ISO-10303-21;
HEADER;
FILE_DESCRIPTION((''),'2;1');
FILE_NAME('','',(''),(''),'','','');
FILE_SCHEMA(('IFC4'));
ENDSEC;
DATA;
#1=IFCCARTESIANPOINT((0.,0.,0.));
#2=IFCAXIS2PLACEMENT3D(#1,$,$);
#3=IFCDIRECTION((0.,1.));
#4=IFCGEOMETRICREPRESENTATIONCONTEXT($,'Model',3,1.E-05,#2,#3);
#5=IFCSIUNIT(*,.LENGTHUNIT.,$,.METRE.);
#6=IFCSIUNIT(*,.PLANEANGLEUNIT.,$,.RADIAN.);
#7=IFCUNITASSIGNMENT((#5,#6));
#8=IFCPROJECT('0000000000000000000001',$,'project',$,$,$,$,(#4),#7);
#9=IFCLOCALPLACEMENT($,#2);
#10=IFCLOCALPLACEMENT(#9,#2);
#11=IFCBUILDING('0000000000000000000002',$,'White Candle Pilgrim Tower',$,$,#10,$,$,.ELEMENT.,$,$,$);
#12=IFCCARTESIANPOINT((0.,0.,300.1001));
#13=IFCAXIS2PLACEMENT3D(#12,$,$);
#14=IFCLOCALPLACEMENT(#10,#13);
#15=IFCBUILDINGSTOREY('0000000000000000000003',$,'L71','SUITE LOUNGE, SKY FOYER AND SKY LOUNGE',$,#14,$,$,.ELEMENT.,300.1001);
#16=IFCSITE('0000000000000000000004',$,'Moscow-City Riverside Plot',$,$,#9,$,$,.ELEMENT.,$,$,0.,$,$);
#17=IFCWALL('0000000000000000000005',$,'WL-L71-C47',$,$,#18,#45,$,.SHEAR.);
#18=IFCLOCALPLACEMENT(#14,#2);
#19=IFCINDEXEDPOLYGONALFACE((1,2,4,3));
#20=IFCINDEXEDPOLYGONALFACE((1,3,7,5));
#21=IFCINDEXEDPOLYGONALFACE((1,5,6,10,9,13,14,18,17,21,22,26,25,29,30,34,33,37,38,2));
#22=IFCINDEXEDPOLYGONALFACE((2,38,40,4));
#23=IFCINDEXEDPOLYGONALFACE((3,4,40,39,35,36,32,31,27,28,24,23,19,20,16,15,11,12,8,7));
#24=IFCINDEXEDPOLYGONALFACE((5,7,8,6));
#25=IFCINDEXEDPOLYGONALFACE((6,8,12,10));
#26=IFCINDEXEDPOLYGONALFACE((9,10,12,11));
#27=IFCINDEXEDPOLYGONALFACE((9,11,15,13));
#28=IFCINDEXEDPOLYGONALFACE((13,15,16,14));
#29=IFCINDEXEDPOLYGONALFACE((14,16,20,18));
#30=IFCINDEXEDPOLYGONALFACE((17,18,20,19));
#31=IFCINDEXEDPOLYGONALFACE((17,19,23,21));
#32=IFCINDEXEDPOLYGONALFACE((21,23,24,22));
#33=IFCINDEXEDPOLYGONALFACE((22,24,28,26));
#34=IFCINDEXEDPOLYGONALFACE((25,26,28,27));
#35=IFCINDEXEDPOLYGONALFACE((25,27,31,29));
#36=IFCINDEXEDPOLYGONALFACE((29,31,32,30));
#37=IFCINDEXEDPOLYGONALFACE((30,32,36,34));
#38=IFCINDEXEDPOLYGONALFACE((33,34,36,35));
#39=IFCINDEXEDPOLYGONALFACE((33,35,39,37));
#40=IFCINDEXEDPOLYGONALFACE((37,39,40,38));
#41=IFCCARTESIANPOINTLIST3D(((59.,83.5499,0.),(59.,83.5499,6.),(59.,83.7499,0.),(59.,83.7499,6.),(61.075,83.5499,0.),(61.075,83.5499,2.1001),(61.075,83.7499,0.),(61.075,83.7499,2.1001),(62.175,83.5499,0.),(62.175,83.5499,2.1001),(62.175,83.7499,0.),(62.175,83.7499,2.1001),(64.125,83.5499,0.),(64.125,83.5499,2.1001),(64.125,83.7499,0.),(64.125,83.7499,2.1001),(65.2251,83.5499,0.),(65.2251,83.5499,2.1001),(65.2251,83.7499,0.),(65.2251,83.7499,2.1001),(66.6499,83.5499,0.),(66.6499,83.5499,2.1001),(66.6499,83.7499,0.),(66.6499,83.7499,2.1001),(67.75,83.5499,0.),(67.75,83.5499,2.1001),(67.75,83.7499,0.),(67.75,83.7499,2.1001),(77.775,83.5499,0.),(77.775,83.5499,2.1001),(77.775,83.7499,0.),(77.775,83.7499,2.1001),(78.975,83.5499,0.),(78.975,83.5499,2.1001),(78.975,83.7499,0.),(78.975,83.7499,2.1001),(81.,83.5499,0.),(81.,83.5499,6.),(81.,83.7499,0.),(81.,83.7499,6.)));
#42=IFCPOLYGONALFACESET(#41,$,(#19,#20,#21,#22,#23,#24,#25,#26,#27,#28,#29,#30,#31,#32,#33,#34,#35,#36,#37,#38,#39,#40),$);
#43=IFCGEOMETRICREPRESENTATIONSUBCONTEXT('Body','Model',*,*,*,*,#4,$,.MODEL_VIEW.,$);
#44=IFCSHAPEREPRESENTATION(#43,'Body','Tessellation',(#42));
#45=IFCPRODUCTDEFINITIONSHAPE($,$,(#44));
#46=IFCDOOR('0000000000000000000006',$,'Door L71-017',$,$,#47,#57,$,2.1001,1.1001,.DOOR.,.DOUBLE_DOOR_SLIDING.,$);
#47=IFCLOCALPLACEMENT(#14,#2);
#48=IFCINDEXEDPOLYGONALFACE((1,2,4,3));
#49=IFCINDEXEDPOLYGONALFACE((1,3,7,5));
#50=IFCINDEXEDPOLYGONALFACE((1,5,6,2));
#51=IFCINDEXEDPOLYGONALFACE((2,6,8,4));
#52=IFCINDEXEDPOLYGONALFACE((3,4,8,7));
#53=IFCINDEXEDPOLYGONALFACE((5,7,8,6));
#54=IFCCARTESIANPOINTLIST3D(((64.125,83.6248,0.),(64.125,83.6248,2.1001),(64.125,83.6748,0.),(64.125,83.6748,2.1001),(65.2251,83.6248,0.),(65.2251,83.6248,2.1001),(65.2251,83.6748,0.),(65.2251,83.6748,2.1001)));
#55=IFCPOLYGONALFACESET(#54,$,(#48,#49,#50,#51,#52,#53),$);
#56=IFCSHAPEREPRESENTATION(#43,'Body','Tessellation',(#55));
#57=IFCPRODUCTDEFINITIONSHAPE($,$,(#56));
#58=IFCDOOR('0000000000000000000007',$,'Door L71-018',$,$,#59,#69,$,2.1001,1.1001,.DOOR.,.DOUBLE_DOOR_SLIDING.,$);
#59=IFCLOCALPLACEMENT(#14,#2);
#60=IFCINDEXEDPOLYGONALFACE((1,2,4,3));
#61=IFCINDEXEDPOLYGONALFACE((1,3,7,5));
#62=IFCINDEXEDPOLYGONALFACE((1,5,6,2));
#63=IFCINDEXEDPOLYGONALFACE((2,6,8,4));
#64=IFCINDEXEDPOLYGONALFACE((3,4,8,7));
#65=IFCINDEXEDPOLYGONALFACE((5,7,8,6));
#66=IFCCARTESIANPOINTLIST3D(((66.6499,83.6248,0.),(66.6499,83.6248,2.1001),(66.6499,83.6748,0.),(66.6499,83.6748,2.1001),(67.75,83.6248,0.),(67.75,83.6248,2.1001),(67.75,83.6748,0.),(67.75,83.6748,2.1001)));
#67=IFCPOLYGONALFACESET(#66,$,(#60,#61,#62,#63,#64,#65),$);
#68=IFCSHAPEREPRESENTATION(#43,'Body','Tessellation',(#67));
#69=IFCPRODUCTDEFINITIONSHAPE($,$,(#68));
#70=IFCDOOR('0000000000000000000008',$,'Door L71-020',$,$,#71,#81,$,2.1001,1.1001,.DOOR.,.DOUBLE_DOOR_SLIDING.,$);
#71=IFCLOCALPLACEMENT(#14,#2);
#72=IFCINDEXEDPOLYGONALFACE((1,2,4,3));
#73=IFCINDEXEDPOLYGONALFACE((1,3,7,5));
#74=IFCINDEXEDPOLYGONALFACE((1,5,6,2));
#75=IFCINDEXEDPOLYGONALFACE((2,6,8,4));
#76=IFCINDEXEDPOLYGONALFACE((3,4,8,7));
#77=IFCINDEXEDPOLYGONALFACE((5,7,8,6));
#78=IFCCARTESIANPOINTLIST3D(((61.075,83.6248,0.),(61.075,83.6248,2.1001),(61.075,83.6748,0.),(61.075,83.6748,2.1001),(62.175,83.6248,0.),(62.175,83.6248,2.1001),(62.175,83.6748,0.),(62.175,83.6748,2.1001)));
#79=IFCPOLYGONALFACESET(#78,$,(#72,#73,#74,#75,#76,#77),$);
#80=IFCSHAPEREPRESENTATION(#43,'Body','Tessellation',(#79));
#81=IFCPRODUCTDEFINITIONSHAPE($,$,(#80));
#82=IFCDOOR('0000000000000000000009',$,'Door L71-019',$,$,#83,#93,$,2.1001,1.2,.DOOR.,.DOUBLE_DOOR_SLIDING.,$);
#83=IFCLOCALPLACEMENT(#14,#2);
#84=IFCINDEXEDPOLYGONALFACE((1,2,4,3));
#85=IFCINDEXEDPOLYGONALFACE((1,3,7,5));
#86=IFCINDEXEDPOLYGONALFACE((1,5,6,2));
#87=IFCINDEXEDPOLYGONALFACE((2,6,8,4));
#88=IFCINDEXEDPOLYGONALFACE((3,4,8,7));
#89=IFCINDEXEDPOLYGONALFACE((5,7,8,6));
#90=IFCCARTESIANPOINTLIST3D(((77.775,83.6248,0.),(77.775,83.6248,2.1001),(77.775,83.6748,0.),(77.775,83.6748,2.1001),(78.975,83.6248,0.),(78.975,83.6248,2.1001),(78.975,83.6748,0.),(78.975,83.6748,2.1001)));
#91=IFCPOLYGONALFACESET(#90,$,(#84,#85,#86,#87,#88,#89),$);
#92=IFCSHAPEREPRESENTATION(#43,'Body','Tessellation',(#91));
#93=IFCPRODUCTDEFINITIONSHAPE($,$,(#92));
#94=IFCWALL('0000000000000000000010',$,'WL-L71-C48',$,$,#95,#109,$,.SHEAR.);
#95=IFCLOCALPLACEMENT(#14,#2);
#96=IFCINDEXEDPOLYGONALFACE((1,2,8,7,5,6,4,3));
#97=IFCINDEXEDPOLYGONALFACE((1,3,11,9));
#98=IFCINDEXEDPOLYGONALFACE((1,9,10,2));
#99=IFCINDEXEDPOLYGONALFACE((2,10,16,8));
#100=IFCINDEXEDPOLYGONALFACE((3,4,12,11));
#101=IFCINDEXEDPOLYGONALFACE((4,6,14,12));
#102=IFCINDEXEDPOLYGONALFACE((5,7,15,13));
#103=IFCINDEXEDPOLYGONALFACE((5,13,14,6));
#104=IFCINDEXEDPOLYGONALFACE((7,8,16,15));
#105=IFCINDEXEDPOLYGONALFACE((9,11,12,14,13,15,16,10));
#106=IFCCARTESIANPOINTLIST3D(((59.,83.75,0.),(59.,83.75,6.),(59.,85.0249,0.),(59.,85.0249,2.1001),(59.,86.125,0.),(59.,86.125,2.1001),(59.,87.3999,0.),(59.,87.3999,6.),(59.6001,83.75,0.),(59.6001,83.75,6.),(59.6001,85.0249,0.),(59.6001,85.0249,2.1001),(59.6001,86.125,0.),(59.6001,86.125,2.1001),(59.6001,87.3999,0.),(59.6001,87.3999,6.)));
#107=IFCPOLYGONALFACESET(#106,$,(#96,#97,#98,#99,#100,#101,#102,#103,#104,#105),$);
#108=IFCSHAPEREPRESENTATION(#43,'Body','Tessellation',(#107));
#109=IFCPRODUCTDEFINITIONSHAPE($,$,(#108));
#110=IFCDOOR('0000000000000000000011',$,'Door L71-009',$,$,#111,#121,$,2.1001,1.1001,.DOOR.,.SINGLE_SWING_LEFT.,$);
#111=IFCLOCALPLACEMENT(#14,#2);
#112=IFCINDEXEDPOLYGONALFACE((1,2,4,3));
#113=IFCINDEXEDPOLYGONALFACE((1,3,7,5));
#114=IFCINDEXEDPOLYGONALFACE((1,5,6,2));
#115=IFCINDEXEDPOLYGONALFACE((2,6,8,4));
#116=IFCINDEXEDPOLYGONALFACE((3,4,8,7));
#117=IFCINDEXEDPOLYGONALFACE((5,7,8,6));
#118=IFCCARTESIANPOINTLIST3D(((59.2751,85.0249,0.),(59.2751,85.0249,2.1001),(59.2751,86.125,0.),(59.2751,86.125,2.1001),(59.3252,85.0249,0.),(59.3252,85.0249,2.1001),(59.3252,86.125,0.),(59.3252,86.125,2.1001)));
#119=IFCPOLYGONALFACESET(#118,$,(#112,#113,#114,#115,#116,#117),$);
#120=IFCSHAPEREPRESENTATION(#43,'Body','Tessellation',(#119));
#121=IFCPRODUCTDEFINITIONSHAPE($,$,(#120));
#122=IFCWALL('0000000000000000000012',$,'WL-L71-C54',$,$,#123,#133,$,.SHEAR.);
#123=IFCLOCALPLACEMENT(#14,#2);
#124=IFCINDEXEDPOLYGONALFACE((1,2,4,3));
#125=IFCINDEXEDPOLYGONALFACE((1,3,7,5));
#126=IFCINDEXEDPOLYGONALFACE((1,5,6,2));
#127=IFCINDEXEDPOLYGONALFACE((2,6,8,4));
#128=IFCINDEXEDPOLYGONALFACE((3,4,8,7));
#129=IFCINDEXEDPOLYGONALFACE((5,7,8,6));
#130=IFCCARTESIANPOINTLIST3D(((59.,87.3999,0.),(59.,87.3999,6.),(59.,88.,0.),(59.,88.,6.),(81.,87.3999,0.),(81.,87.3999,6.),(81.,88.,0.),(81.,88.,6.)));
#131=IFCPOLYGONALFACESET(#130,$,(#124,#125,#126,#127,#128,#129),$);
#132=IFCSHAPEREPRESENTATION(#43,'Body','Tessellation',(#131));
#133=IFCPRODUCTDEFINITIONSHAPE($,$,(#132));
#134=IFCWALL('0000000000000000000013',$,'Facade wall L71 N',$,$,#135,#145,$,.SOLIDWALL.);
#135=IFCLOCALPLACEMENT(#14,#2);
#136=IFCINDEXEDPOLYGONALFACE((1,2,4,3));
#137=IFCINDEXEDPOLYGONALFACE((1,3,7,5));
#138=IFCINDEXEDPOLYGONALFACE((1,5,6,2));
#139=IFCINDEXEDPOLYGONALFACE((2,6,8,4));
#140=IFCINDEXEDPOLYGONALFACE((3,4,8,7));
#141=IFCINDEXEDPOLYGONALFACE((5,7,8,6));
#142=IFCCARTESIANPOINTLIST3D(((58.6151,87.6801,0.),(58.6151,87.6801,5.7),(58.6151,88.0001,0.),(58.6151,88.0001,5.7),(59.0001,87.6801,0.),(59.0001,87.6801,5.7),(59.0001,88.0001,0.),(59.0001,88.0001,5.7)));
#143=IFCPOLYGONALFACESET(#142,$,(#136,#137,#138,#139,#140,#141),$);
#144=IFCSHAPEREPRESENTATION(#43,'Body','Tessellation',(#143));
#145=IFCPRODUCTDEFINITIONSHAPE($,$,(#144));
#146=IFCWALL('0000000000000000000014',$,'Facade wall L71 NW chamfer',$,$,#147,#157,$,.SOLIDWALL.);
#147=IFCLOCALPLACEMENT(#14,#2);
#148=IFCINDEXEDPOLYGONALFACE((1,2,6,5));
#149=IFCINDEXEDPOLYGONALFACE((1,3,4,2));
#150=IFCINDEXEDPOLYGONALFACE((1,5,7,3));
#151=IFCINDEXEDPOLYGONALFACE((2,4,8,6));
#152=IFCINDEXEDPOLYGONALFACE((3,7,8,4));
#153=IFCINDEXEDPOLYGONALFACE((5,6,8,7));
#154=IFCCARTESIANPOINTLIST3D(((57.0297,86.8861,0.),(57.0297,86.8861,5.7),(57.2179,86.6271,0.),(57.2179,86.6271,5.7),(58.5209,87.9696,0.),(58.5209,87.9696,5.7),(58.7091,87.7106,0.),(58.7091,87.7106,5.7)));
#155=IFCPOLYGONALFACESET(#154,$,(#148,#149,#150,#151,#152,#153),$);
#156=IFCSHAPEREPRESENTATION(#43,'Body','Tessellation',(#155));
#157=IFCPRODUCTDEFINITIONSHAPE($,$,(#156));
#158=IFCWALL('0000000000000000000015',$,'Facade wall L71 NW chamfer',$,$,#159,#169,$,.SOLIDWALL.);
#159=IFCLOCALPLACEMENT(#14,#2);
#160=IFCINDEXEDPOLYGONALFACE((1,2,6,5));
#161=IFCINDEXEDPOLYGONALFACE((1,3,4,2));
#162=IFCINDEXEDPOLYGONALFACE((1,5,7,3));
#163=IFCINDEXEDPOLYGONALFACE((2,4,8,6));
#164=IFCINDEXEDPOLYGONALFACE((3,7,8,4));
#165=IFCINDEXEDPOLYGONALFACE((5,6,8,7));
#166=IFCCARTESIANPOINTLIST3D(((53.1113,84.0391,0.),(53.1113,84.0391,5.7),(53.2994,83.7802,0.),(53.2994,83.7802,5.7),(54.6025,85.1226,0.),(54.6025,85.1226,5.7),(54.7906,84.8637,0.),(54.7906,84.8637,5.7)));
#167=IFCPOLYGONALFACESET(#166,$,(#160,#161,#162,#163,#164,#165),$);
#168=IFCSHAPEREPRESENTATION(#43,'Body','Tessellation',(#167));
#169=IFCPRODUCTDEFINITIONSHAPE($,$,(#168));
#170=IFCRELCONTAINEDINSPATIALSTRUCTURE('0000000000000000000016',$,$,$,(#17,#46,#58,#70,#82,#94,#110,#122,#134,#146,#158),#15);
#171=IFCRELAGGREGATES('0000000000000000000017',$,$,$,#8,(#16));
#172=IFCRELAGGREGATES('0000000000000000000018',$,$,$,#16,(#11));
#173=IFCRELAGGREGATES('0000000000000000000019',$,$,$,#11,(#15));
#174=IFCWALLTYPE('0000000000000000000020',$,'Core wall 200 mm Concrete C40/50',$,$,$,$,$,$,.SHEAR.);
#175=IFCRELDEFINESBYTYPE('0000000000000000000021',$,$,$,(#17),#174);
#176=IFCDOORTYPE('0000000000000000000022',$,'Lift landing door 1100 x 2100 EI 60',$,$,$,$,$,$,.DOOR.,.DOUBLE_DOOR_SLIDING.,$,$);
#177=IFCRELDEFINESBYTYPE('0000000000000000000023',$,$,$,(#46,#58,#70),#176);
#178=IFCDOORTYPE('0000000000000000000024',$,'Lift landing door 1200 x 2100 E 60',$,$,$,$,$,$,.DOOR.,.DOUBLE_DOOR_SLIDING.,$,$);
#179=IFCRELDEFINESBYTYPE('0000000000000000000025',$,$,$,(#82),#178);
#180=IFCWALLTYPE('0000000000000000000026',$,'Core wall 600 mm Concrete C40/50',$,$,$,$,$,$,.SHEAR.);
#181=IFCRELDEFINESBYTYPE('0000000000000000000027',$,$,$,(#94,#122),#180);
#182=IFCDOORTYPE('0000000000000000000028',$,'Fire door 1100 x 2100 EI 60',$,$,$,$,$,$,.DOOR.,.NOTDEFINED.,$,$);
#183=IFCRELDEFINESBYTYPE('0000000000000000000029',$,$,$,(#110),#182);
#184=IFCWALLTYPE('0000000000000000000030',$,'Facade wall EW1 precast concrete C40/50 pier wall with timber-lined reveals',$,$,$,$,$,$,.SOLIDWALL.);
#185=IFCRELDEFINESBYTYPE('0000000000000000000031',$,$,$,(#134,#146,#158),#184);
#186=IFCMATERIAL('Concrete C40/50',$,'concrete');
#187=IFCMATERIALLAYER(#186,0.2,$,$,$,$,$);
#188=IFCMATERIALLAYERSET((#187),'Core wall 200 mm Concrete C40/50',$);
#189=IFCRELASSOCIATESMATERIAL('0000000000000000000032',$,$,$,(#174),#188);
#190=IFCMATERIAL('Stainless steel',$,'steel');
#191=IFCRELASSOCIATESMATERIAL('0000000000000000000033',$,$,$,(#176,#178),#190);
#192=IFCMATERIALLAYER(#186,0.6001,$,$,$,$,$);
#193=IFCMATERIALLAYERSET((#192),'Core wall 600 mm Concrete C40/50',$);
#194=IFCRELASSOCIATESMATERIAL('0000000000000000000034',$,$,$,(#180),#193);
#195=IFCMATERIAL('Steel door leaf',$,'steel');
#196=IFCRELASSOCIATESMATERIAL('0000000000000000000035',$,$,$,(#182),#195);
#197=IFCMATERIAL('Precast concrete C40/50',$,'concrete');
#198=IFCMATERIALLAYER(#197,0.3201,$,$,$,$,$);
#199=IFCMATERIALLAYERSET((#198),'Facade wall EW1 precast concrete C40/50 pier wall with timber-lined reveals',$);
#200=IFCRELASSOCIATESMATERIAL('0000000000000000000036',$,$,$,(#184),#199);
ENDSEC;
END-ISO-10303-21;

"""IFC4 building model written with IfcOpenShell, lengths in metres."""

from ifc_helpers import new_model, si_unit, direction, frame, frame_2d, origin, place, context, subcontext, project, spatial, rectangle, extrude, material, layer, layer_set, type_object, element, fill, save


model = new_model("IFC4")

# Units and contexts
model_context = context("Model", 3, precision=1e-05, world=origin(), true_north=direction((0.0, 1.0)))
body_context = subcontext(model_context, "Body", "Model", "MODEL_VIEW")
ifc_project = project(units=[si_unit("LENGTHUNIT", "METRE"), si_unit("PLANEANGLEUNIT", "RADIAN")], contexts=[model_context])

# Site, building, storey
site_placement = place(None, origin())
site = spatial("IfcSite", under=ifc_project, at=site_placement, Name="Moscow-City Riverside Plot", CompositionType="ELEMENT", RefElevation=0.0)
building_placement = place(site_placement, origin())
building = spatial("IfcBuilding", under=site, at=building_placement, Name="White Candle Pilgrim Tower", CompositionType="ELEMENT")
storey_placement = place(building_placement, frame((0.0, 0.0, 300.1001)))
storey = spatial("IfcBuildingStorey", under=building, at=storey_placement, Name="L71", Description="SUITE LOUNGE, SKY FOYER AND SKY LOUNGE", CompositionType="ELEMENT", Elevation=300.1001)

# Shared definitions
ifc_material_1 = material(Name="Concrete C40/50", Category="concrete")
ifc_layer_1 = layer(ifc_material_1, 0.2)
ifc_layer_set_1 = layer_set([ifc_layer_1], Name="Core wall 200 mm Concrete C40/50")
wall_type_1 = type_object("IfcWallType", Name="Core wall 200 mm Concrete C40/50", PredefinedType="SHEAR", material=ifc_layer_set_1)

# Wall, openings, doors
wall_1_placement = place(storey_placement, frame((59.0, 83.6499, 0.0), z_axis=(0.0, 0.0, 1.0), x_axis=(1.0, 0.0, 0.0)))
wall_1 = element("IfcWall", 1, at=wall_1_placement, inside=storey, type_object=wall_type_1, Name="WL-L71-C47", PredefinedType="SHEAR", context=body_context, shape_type="SweptSolid", body=[
    extrude(rectangle(XDim=22.0, YDim=0.2, at=frame_2d((11.0, 0.0))), origin(), (0.0, 0.0, 1.0), 6.0),
])
opening_1_placement = place(wall_1_placement, frame((5.125, 0.0, 0.0)))
opening_1 = element("IfcOpeningElement", 2, at=opening_1_placement, cuts=wall_1, PredefinedType="OPENING", context=body_context, shape_type="SweptSolid", body=[
    extrude(rectangle(XDim=1.1001, YDim=2.1001, at=frame_2d((0.55, 1.05))), frame((0.0, 0.1099, 0.0), z_axis=(0.0, -1.0, 0.0), x_axis=(1.0, 0.0, 0.0)), (0.0, 0.0, 1.0), 0.22),
])
opening_2_placement = place(wall_1_placement, frame((7.6499, 0.0, 0.0)))
opening_2 = element("IfcOpeningElement", 3, at=opening_2_placement, cuts=wall_1, PredefinedType="OPENING", context=body_context, shape_type="SweptSolid", body=[
    extrude(rectangle(XDim=1.1001, YDim=2.1001, at=frame_2d((0.55, 1.05))), frame((0.0, 0.1099, 0.0), z_axis=(0.0, -1.0, 0.0), x_axis=(1.0, 0.0, 0.0)), (0.0, 0.0, 1.0), 0.22),
])
opening_3_placement = place(wall_1_placement, frame((18.7749, 0.0, 0.0)))
opening_3 = element("IfcOpeningElement", 4, at=opening_3_placement, cuts=wall_1, PredefinedType="OPENING", context=body_context, shape_type="SweptSolid", body=[
    extrude(rectangle(XDim=1.2, YDim=2.1001, at=frame_2d((0.6001, 1.05))), frame((0.0, 0.1099, 0.0), z_axis=(0.0, -1.0, 0.0), x_axis=(1.0, 0.0, 0.0)), (0.0, 0.0, 1.0), 0.22),
])
opening_4_placement = place(wall_1_placement, frame((2.075, 0.0, 0.0)))
opening_4 = element("IfcOpeningElement", 5, at=opening_4_placement, cuts=wall_1, PredefinedType="OPENING", context=body_context, shape_type="SweptSolid", body=[
    extrude(rectangle(XDim=1.1001, YDim=2.1001, at=frame_2d((0.55, 1.05))), frame((0.0, 0.1099, 0.0), z_axis=(0.0, -1.0, 0.0), x_axis=(1.0, 0.0, 0.0)), (0.0, 0.0, 1.0), 0.22),
])
ifc_material_2 = material(Name="Stainless steel", Category="steel")
door_type_1 = type_object("IfcDoorType", Name="Lift landing door 1100 x 2100 EI 60", OperationType="DOUBLE_DOOR_SLIDING", PredefinedType="DOOR", material=ifc_material_2)
door_1_placement = place(opening_1_placement, origin())
door_1 = element("IfcDoor", 6, at=door_1_placement, inside=storey, type_object=door_type_1, Name="Door L71-017", OperationType="DOUBLE_DOOR_SLIDING", OverallHeight=2.1001, OverallWidth=1.1001, PredefinedType="DOOR", context=body_context, shape_type="SweptSolid", body=[
    extrude(rectangle(XDim=1.1001, YDim=2.1001, at=frame_2d((0.55, 1.05))), frame((0.0, 0.0249, 0.0), z_axis=(0.0, -1.0, 0.0), x_axis=(1.0, 0.0, 0.0)), (0.0, 0.0, 1.0), 0.05),
])
fill(opening_1, door_1)
door_2_placement = place(opening_2_placement, origin())
door_2 = element("IfcDoor", 7, at=door_2_placement, inside=storey, type_object=door_type_1, Name="Door L71-018", OperationType="DOUBLE_DOOR_SLIDING", OverallHeight=2.1001, OverallWidth=1.1001, PredefinedType="DOOR", context=body_context, shape_type="SweptSolid", body=[
    extrude(rectangle(XDim=1.1001, YDim=2.1001, at=frame_2d((0.55, 1.05))), frame((0.0, 0.0249, 0.0), z_axis=(0.0, -1.0, 0.0), x_axis=(1.0, 0.0, 0.0)), (0.0, 0.0, 1.0), 0.05),
])
fill(opening_2, door_2)
door_3_placement = place(opening_4_placement, origin())
door_3 = element("IfcDoor", 8, at=door_3_placement, inside=storey, type_object=door_type_1, Name="Door L71-020", OperationType="DOUBLE_DOOR_SLIDING", OverallHeight=2.1001, OverallWidth=1.1001, PredefinedType="DOOR", context=body_context, shape_type="SweptSolid", body=[
    extrude(rectangle(XDim=1.1001, YDim=2.1001, at=frame_2d((0.55, 1.05))), frame((0.0, 0.0249, 0.0), z_axis=(0.0, -1.0, 0.0), x_axis=(1.0, 0.0, 0.0)), (0.0, 0.0, 1.0), 0.05),
])
fill(opening_4, door_3)
door_type_2 = type_object("IfcDoorType", Name="Lift landing door 1200 x 2100 E 60", OperationType="DOUBLE_DOOR_SLIDING", PredefinedType="DOOR", material=ifc_material_2)
door_4_placement = place(opening_3_placement, origin())
door_4 = element("IfcDoor", 9, at=door_4_placement, inside=storey, type_object=door_type_2, Name="Door L71-019", OperationType="DOUBLE_DOOR_SLIDING", OverallHeight=2.1001, OverallWidth=1.2, PredefinedType="DOOR", context=body_context, shape_type="SweptSolid", body=[
    extrude(rectangle(XDim=1.2, YDim=2.1001, at=frame_2d((0.6001, 1.05))), frame((0.0, 0.0249, 0.0), z_axis=(0.0, -1.0, 0.0), x_axis=(1.0, 0.0, 0.0)), (0.0, 0.0, 1.0), 0.05),
])
fill(opening_3, door_4)

# Wall, opening, door
ifc_layer_2 = layer(ifc_material_1, 0.6001)
ifc_layer_set_2 = layer_set([ifc_layer_2], Name="Core wall 600 mm Concrete C40/50")
wall_type_2 = type_object("IfcWallType", Name="Core wall 600 mm Concrete C40/50", PredefinedType="SHEAR", material=ifc_layer_set_2)
wall_2_placement = place(storey_placement, frame((59.3, 83.75, 0.0), z_axis=(0.0, 0.0, 1.0), x_axis=(0.0, 1.0, 0.0)))
wall_2 = element("IfcWall", 10, at=wall_2_placement, inside=storey, type_object=wall_type_2, Name="WL-L71-C48", PredefinedType="SHEAR", context=body_context, shape_type="SweptSolid", body=[
    extrude(rectangle(XDim=3.6499, YDim=0.6001, at=frame_2d((1.825, 0.0))), origin(), (0.0, 0.0, 1.0), 6.0),
])
opening_5_placement = place(wall_2_placement, frame((1.2749, 0.0, 0.0)))
opening_5 = element("IfcOpeningElement", 11, at=opening_5_placement, cuts=wall_2, PredefinedType="OPENING", context=body_context, shape_type="SweptSolid", body=[
    extrude(rectangle(XDim=1.1001, YDim=2.1001, at=frame_2d((0.55, 1.05))), frame((0.0, 0.3101, 0.0), z_axis=(0.0, -1.0, 0.0), x_axis=(1.0, 0.0, 0.0)), (0.0, 0.0, 1.0), 0.6201),
])
ifc_material_3 = material(Name="Steel door leaf", Category="steel")
door_type_3 = type_object("IfcDoorType", Name="Fire door 1100 x 2100 EI 60", OperationType="NOTDEFINED", PredefinedType="DOOR", material=ifc_material_3)
door_5_placement = place(opening_5_placement, origin())
door_5 = element("IfcDoor", 12, at=door_5_placement, inside=storey, type_object=door_type_3, Name="Door L71-009", OperationType="SINGLE_SWING_LEFT", OverallHeight=2.1001, OverallWidth=1.1001, PredefinedType="DOOR", context=body_context, shape_type="SweptSolid", body=[
    extrude(rectangle(XDim=1.1001, YDim=2.1001, at=frame_2d((0.55, 1.05))), frame((0.0, 0.0249, 0.0), z_axis=(0.0, -1.0, 0.0), x_axis=(1.0, 0.0, 0.0)), (0.0, 0.0, 1.0), 0.05),
])
fill(opening_5, door_5)

# Walls
wall_3_placement = place(storey_placement, frame((59.0, 87.7, 0.0), z_axis=(0.0, 0.0, 1.0), x_axis=(1.0, 0.0, 0.0)))
element("IfcWall", 13, at=wall_3_placement, inside=storey, type_object=wall_type_2, Name="WL-L71-C54", PredefinedType="SHEAR", context=body_context, shape_type="SweptSolid", body=[
    extrude(rectangle(XDim=22.0, YDim=0.6001, at=frame_2d((11.0, 0.0))), origin(), (0.0, 0.0, 1.0), 6.0),
])
ifc_material_4 = material(Name="Precast concrete C40/50", Category="concrete")
ifc_layer_3 = layer(ifc_material_4, 0.3201)
ifc_layer_set_3 = layer_set([ifc_layer_3], Name="Facade wall EW1 precast concrete C40/50 pier wall with timber-lined reveals")
wall_type_3 = type_object("IfcWallType", Name="Facade wall EW1 precast concrete C40/50 pier wall with timber-lined reveals", PredefinedType="SOLIDWALL", material=ifc_layer_set_3)
wall_4_placement = place(storey_placement, frame((59.0, 87.8401, 0.0), z_axis=(0.0, 0.0, 1.0), x_axis=(-1.0, 0.0, 0.0)))
element("IfcWall", 14, at=wall_4_placement, inside=storey, type_object=wall_type_3, Name="Facade wall L71 N", PredefinedType="SOLIDWALL", context=body_context, shape_type="SweptSolid", body=[
    extrude(rectangle(XDim=0.385, YDim=0.3201, at=frame_2d((0.1924, 0.0))), origin(), (0.0, 0.0, 1.0), 5.7),
])
for number, where, z_axis, x_axis, name in (
    (15, (58.615, 87.8401, 0.0), (0.0, 0.0, 1.0), (-0.808999, -0.587809, 0.0), "Facade wall L71 NW chamfer"),
    (16, (54.6965, 84.9932, 0.0), (0.0, 0.0, 1.0), (-0.808999, -0.587809, 0.0), "Facade wall L71 NW chamfer"),
):
    element("IfcWall", number, at=place(storey_placement, frame(where, z_axis=z_axis, x_axis=x_axis)), inside=storey, type_object=wall_type_3, Name=name, PredefinedType="SOLIDWALL", context=body_context, shape_type="SweptSolid", body=[
        extrude(rectangle(XDim=1.8433, YDim=0.3201, at=frame_2d((0.9216, 0.0))), origin(), (0.0, 0.0, 1.0), 5.7),
    ])

save(model, "model.ifc")
